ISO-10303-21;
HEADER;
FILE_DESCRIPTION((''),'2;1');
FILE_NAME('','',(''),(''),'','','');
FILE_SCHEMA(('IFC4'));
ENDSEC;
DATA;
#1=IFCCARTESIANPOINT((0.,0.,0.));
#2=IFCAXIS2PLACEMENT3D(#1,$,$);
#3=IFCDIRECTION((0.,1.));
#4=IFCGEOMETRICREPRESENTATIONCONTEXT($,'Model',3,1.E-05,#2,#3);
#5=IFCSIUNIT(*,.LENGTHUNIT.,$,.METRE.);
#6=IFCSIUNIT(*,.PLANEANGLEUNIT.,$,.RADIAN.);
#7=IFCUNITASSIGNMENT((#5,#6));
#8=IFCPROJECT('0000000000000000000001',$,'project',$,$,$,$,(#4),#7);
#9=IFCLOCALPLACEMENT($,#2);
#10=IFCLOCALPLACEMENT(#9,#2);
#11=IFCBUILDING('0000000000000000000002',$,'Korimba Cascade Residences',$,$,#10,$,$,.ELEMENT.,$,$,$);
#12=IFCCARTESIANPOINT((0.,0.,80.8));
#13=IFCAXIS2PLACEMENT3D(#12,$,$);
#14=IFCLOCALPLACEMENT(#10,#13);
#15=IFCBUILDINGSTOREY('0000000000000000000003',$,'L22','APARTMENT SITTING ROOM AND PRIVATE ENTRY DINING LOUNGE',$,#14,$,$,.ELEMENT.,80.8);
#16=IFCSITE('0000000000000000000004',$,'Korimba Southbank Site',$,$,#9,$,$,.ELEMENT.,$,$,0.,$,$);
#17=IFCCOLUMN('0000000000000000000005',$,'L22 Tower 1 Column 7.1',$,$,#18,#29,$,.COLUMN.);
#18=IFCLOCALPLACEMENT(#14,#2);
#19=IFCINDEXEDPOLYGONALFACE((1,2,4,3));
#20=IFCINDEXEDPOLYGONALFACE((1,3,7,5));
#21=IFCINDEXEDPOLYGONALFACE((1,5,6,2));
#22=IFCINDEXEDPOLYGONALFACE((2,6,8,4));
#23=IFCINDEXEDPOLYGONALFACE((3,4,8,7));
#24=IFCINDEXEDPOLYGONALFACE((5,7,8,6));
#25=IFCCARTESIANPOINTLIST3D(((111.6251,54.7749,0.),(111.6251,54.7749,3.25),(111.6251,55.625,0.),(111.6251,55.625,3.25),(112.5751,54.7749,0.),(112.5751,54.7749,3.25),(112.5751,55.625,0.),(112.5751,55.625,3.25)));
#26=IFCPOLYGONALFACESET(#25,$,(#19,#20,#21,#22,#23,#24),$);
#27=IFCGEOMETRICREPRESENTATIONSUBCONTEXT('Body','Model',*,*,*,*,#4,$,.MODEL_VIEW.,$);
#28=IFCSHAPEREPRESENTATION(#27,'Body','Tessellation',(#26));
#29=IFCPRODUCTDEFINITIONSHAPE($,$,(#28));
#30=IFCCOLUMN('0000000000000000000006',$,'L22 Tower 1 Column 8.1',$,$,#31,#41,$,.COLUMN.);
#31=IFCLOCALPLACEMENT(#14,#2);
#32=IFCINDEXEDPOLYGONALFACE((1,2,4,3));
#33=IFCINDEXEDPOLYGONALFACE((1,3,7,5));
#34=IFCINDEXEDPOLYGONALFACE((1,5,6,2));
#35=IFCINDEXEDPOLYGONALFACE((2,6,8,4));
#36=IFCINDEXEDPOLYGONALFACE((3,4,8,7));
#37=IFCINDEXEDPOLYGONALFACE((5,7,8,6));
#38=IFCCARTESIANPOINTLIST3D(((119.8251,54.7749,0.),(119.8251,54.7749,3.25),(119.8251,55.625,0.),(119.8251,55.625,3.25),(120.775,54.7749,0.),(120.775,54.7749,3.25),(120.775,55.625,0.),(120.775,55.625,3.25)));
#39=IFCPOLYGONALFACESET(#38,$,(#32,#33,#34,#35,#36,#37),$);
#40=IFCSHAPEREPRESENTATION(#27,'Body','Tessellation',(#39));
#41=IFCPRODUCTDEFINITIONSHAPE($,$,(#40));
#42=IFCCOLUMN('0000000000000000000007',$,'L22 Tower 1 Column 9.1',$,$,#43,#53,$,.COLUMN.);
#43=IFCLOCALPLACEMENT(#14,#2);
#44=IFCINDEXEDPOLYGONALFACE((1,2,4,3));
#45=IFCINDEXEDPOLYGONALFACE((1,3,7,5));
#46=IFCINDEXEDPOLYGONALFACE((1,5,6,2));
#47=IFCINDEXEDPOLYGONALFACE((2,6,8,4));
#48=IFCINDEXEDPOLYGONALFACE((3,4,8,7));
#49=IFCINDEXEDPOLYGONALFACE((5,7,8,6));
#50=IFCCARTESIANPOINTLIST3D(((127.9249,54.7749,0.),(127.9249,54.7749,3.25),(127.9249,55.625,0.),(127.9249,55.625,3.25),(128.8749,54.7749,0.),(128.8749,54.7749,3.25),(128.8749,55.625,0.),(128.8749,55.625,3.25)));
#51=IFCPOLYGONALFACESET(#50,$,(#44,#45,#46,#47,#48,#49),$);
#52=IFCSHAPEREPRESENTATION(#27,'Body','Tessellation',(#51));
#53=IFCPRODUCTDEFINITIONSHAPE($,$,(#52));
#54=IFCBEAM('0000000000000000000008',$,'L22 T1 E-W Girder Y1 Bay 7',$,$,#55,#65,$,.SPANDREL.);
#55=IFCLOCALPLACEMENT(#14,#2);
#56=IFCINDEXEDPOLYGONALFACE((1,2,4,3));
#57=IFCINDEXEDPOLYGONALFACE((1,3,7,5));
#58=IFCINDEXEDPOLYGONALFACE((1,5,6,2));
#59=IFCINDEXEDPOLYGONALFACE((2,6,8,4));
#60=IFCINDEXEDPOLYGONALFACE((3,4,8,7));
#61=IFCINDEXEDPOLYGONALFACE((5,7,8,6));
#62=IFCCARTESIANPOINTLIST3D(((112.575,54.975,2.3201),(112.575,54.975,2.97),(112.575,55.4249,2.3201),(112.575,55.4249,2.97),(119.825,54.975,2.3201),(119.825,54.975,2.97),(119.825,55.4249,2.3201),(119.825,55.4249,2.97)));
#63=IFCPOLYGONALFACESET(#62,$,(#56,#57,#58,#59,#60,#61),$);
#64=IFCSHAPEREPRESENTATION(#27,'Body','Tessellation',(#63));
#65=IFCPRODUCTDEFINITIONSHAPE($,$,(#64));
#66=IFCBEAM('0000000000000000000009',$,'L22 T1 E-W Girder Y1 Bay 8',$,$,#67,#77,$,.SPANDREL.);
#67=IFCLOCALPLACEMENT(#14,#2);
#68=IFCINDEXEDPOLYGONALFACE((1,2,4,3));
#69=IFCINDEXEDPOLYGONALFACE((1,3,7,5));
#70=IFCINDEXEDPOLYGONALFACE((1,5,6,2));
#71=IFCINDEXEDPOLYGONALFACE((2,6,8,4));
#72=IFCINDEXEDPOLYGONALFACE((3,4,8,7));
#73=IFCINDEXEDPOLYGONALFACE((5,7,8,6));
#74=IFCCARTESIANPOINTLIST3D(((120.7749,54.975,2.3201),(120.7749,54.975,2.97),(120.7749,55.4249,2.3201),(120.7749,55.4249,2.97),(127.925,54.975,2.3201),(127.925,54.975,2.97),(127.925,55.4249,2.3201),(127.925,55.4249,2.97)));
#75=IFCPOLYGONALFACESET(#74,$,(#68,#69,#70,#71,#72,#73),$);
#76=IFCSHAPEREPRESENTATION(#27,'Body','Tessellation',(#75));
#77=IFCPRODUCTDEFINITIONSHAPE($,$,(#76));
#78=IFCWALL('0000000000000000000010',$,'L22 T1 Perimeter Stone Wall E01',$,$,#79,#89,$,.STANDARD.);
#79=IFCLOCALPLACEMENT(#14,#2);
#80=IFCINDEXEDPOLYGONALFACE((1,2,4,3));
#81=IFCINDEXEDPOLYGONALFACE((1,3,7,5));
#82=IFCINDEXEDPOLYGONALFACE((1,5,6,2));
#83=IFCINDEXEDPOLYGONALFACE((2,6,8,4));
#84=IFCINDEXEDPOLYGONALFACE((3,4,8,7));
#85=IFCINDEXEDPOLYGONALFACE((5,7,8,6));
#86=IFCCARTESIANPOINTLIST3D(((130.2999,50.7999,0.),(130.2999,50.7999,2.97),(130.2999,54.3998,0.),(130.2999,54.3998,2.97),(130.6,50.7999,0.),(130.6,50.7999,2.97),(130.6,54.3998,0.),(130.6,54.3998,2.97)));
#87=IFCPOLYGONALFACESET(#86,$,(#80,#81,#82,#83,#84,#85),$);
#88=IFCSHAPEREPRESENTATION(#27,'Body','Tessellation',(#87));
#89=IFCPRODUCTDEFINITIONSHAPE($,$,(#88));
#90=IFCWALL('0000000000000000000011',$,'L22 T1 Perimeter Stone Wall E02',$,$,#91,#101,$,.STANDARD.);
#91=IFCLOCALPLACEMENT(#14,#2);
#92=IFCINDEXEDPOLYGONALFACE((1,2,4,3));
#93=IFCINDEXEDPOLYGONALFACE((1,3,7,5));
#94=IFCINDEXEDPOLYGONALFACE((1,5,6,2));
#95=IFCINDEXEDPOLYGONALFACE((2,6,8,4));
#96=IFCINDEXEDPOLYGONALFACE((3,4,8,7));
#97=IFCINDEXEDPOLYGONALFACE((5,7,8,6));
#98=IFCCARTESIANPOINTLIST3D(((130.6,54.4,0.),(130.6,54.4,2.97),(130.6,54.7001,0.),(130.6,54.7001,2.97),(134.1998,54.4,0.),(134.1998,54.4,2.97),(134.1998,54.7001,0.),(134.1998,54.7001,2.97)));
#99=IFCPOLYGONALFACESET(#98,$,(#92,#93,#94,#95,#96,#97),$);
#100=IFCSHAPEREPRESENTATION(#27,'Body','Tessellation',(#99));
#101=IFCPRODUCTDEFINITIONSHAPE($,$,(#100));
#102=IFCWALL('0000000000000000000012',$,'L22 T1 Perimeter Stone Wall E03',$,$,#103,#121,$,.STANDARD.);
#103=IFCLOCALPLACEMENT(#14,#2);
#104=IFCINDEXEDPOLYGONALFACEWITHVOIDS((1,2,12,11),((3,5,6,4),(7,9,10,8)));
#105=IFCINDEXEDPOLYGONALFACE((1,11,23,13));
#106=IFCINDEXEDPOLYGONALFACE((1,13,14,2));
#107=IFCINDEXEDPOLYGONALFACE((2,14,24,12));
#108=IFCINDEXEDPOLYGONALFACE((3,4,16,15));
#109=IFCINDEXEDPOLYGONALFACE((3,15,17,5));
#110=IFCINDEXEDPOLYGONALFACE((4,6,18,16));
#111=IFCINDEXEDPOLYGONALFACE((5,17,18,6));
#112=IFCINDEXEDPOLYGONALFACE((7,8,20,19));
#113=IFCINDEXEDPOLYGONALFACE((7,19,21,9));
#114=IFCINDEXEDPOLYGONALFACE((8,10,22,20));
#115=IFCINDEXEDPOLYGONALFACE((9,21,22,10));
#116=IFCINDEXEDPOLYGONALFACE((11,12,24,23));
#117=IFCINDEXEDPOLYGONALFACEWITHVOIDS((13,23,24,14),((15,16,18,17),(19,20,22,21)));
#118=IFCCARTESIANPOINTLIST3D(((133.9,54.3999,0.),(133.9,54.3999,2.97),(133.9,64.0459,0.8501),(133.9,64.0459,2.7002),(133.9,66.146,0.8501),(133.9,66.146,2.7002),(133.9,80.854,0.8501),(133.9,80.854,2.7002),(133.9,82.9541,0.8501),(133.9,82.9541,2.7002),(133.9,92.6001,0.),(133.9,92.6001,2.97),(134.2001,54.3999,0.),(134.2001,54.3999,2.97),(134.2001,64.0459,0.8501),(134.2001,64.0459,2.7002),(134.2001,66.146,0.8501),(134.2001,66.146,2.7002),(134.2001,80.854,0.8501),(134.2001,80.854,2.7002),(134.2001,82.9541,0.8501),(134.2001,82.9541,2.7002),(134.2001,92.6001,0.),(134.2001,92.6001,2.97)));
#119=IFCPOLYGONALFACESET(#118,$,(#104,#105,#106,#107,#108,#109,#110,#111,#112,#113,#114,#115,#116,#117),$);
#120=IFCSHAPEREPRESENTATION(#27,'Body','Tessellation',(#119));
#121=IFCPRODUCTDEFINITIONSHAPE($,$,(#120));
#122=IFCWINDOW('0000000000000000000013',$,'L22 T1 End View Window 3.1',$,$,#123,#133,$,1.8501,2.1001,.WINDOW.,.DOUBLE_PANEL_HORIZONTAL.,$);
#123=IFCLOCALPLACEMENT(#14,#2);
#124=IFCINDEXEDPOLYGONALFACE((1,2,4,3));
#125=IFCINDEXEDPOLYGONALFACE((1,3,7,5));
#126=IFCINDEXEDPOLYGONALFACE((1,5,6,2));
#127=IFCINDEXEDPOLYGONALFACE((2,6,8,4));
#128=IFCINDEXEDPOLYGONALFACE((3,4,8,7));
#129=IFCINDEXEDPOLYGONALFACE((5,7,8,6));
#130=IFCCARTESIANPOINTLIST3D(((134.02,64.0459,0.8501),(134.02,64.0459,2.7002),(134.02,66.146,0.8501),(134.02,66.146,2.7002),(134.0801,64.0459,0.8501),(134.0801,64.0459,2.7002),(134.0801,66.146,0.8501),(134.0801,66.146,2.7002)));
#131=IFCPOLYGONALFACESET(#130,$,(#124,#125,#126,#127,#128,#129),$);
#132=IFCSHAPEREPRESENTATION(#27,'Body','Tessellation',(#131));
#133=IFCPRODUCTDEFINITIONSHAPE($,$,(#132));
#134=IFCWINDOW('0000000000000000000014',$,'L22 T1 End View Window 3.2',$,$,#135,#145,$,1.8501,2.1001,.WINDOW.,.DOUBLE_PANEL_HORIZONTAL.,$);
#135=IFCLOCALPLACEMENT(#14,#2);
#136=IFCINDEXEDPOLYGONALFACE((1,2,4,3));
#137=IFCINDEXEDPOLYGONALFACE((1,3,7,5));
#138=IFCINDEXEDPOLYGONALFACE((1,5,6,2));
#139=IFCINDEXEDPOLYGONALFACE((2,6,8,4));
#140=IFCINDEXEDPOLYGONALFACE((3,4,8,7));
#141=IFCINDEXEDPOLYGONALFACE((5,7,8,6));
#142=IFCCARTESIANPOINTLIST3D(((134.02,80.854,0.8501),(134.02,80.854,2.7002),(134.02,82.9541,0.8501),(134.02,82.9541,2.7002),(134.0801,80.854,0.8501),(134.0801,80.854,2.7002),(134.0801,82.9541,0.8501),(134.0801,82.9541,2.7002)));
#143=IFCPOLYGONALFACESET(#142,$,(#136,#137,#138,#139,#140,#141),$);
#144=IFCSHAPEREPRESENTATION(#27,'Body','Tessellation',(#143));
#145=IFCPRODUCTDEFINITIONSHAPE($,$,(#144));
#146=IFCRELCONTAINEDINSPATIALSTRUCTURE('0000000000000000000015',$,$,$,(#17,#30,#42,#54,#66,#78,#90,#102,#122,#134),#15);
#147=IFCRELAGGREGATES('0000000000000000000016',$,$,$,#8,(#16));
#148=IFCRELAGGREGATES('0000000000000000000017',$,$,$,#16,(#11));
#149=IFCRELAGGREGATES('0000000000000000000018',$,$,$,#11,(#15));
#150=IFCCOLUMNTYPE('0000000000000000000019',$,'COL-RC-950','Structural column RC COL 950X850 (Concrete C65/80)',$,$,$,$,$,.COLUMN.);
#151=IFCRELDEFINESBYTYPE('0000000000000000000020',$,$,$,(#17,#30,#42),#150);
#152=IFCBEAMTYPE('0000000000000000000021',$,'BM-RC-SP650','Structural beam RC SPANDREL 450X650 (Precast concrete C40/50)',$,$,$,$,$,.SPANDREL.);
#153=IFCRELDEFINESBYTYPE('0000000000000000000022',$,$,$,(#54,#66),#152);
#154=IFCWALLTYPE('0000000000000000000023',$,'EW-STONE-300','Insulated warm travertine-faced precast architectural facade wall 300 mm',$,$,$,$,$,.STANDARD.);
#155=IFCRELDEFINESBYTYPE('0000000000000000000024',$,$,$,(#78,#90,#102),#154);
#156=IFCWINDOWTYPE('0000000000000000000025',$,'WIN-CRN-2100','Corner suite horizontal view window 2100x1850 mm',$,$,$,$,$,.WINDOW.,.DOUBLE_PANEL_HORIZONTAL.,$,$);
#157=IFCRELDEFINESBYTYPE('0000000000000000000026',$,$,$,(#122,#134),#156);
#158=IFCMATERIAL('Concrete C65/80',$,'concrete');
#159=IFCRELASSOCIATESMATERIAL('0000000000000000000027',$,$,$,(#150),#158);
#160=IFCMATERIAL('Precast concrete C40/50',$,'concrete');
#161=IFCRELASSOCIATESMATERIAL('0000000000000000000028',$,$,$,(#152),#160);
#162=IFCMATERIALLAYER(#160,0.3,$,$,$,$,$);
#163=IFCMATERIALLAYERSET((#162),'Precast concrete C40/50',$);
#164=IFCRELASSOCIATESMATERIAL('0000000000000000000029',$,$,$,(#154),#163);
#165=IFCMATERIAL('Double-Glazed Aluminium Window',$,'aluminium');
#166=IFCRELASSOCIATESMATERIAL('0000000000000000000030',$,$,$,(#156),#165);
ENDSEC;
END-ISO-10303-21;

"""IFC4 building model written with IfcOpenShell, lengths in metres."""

from ifc_helpers import new_model, si_unit, direction, frame, frame_2d, origin, origin_2d, place, context, subcontext, project, spatial, rectangle, extrude, material, layer, layer_set, material_profile, profile_set, type_object, element, fill, save


model = new_model("IFC4")

# Units and contexts
model_context = context("Model", 3, precision=1e-05, world=origin(), true_north=direction((0.0, 1.0)))
body_context = subcontext(model_context, "Body", "Model", "MODEL_VIEW")
ifc_project = project(units=[si_unit("LENGTHUNIT", "METRE"), si_unit("PLANEANGLEUNIT", "RADIAN")], contexts=[model_context])

# Site, building, storey
site_placement = place(None, origin())
site = spatial("IfcSite", under=ifc_project, at=site_placement, Name="Korimba Southbank Site", CompositionType="ELEMENT", RefElevation=0.0)
building_placement = place(site_placement, origin())
building = spatial("IfcBuilding", under=site, at=building_placement, Name="Korimba Cascade Residences", CompositionType="ELEMENT")
storey_placement = place(building_placement, frame((0.0, 0.0, 80.8)))
storey = spatial("IfcBuildingStorey", under=building, at=storey_placement, Name="L22", Description="APARTMENT SITTING ROOM AND PRIVATE ENTRY DINING LOUNGE", CompositionType="ELEMENT", Elevation=80.8)

# Columns
ifc_material_1 = material(Name="Concrete C65/80", Category="concrete")
ifc_material_profile_1 = material_profile(ifc_material_1, rectangle(XDim=0.95, YDim=0.8501, at=origin_2d()), Name="Concrete C65/80")
ifc_profile_set_1 = profile_set([ifc_material_profile_1], Name="Concrete C65/80")
column_type = type_object("IfcColumnType", Name="COL-RC-950", Description="Structural column RC COL 950X850 (Concrete C65/80)", PredefinedType="COLUMN", material=ifc_profile_set_1)
for number, where, z_axis, x_axis, name in (
    (1, (112.1001, 55.2, 0.0), (0.0, 0.0, 1.0), (1.0, 0.0, 0.0), "L22 Tower 1 Column 7.1"),
    (2, (120.3, 55.2, 0.0), (0.0, 0.0, 1.0), (1.0, 0.0, 0.0), "L22 Tower 1 Column 8.1"),
    (3, (128.3999, 55.2, 0.0), (0.0, 0.0, 1.0), (1.0, 0.0, 0.0), "L22 Tower 1 Column 9.1"),
):
    element("IfcColumn", number, at=place(storey_placement, frame(where, z_axis=z_axis, x_axis=x_axis)), inside=storey, type_object=column_type, Name=name, PredefinedType="COLUMN", context=body_context, shape_type="SweptSolid", body=[
        extrude(rectangle(XDim=0.95, YDim=0.8501, at=origin_2d()), origin(), (0.0, 0.0, 1.0), 3.25),
    ])

# Beams
ifc_material_2 = material(Name="Precast concrete C40/50", Category="concrete")
ifc_material_profile_2 = material_profile(ifc_material_2, rectangle(XDim=0.45, YDim=0.6499, at=origin_2d()), Name="Precast concrete C40/50")
ifc_profile_set_2 = profile_set([ifc_material_profile_2], Name="Precast concrete C40/50")
beam_type = type_object("IfcBeamType", Name="BM-RC-SP650", Description="Structural beam RC SPANDREL 450X650 (Precast concrete C40/50)", PredefinedType="SPANDREL", material=ifc_profile_set_2)
beam_1_placement = place(storey_placement, frame((112.575, 55.2, 2.645), z_axis=(1.0, 0.0, 0.0), x_axis=(0.0, 1.0, 0.0)))
element("IfcBeam", 4, at=beam_1_placement, inside=storey, type_object=beam_type, Name="L22 T1 E-W Girder Y1 Bay 7", PredefinedType="SPANDREL", context=body_context, shape_type="SweptSolid", body=[
    extrude(rectangle(XDim=0.45, YDim=0.6499, at=origin_2d()), origin(), (0.0, 0.0, 1.0), 7.25),
])
beam_2_placement = place(storey_placement, frame((120.7749, 55.2, 2.645), z_axis=(1.0, 0.0, 0.0), x_axis=(0.0, 1.0, 0.0)))
element("IfcBeam", 5, at=beam_2_placement, inside=storey, type_object=beam_type, Name="L22 T1 E-W Girder Y1 Bay 8", PredefinedType="SPANDREL", context=body_context, shape_type="SweptSolid", body=[
    extrude(rectangle(XDim=0.45, YDim=0.6499, at=origin_2d()), origin(), (0.0, 0.0, 1.0), 7.1501),
])

# Walls
ifc_layer_1 = layer(ifc_material_2, 0.3)
ifc_layer_set_1 = layer_set([ifc_layer_1], Name="Precast concrete C40/50")
wall_type_1 = type_object("IfcWallType", Name="EW-STONE-300", Description="Insulated warm travertine-faced precast architectural facade wall 300 mm", PredefinedType="STANDARD", material=ifc_layer_set_1)
for number, where, z_axis, x_axis, name in (
    (6, (130.45, 50.8, 0.0), (0.0, 0.0, 1.0), (0.0, 1.0, 0.0), "L22 T1 Perimeter Stone Wall E01"),
    (7, (130.6001, 54.55, 0.0), (0.0, 0.0, 1.0), (1.0, 0.0, 0.0), "L22 T1 Perimeter Stone Wall E02"),
):
    element("IfcWall", number, at=place(storey_placement, frame(where, z_axis=z_axis, x_axis=x_axis)), inside=storey, type_object=wall_type_1, Name=name, PredefinedType="STANDARD", context=body_context, shape_type="SweptSolid", body=[
        extrude(rectangle(XDim=3.5999, YDim=0.3, at=frame_2d((1.7998, 0.0))), origin(), (0.0, 0.0, 1.0), 2.97),
    ])

# Wall, openings, windows
wall_1_placement = place(storey_placement, frame((134.05, 54.3999, 0.0), z_axis=(0.0, 0.0, 1.0), x_axis=(0.0, 1.0, 0.0)))
wall_1 = element("IfcWall", 8, at=wall_1_placement, inside=storey, type_object=wall_type_1, Name="L22 T1 Perimeter Stone Wall E03", PredefinedType="STANDARD", context=body_context, shape_type="SweptSolid", body=[
    extrude(rectangle(XDim=38.2002, YDim=0.3, at=frame_2d((19.1001, 0.0))), origin(), (0.0, 0.0, 1.0), 2.97),
])
opening_1_placement = place(wall_1_placement, frame((9.646, 0.0, 0.8501)))
opening_1 = element("IfcOpeningElement", 9, at=opening_1_placement, cuts=wall_1, PredefinedType="OPENING", context=body_context, shape_type="SweptSolid", body=[
    extrude(rectangle(XDim=2.1001, YDim=1.8501, at=frame_2d((1.05, 0.925))), frame((0.0, 0.1602, 0.0), z_axis=(0.0, -1.0, 0.0), x_axis=(1.0, 0.0, 0.0)), (0.0, 0.0, 1.0), 0.3201),
])
opening_2_placement = place(wall_1_placement, frame((26.4541, 0.0, 0.8501)))
opening_2 = element("IfcOpeningElement", 10, at=opening_2_placement, cuts=wall_1, PredefinedType="OPENING", context=body_context, shape_type="SweptSolid", body=[
    extrude(rectangle(XDim=2.1001, YDim=1.8501, at=frame_2d((1.05, 0.925))), frame((0.0, 0.1602, 0.0), z_axis=(0.0, -1.0, 0.0), x_axis=(1.0, 0.0, 0.0)), (0.0, 0.0, 1.0), 0.3201),
])
ifc_material_3 = material(Name="Double-Glazed Aluminium Window", Category="aluminium")
window_type_1 = type_object("IfcWindowType", Name="WIN-CRN-2100", Description="Corner suite horizontal view window 2100x1850 mm", PartitioningType="DOUBLE_PANEL_HORIZONTAL", PredefinedType="WINDOW", material=ifc_material_3)
window_1_placement = place(opening_1_placement, origin())
window_1 = element("IfcWindow", 11, at=window_1_placement, inside=storey, type_object=window_type_1, Name="L22 T1 End View Window 3.1", OverallHeight=1.8501, OverallWidth=2.1001, PartitioningType="DOUBLE_PANEL_HORIZONTAL", PredefinedType="WINDOW", context=body_context, shape_type="SweptSolid", body=[
    extrude(rectangle(XDim=2.1001, YDim=1.8501, at=frame_2d((1.05, 0.925))), frame((0.0, 0.03, 0.0), z_axis=(0.0, -1.0, 0.0), x_axis=(1.0, 0.0, 0.0)), (0.0, 0.0, 1.0), 0.0601),
])
fill(opening_1, window_1)
window_2_placement = place(opening_2_placement, origin())
window_2 = element("IfcWindow", 12, at=window_2_placement, inside=storey, type_object=window_type_1, Name="L22 T1 End View Window 3.2", OverallHeight=1.8501, OverallWidth=2.1001, PartitioningType="DOUBLE_PANEL_HORIZONTAL", PredefinedType="WINDOW", context=body_context, shape_type="SweptSolid", body=[
    extrude(rectangle(XDim=2.1001, YDim=1.8501, at=frame_2d((1.05, 0.925))), frame((0.0, 0.03, 0.0), z_axis=(0.0, -1.0, 0.0), x_axis=(1.0, 0.0, 0.0)), (0.0, 0.0, 1.0), 0.0601),
])
fill(opening_2, window_2)

save(model, "model.ifc")
